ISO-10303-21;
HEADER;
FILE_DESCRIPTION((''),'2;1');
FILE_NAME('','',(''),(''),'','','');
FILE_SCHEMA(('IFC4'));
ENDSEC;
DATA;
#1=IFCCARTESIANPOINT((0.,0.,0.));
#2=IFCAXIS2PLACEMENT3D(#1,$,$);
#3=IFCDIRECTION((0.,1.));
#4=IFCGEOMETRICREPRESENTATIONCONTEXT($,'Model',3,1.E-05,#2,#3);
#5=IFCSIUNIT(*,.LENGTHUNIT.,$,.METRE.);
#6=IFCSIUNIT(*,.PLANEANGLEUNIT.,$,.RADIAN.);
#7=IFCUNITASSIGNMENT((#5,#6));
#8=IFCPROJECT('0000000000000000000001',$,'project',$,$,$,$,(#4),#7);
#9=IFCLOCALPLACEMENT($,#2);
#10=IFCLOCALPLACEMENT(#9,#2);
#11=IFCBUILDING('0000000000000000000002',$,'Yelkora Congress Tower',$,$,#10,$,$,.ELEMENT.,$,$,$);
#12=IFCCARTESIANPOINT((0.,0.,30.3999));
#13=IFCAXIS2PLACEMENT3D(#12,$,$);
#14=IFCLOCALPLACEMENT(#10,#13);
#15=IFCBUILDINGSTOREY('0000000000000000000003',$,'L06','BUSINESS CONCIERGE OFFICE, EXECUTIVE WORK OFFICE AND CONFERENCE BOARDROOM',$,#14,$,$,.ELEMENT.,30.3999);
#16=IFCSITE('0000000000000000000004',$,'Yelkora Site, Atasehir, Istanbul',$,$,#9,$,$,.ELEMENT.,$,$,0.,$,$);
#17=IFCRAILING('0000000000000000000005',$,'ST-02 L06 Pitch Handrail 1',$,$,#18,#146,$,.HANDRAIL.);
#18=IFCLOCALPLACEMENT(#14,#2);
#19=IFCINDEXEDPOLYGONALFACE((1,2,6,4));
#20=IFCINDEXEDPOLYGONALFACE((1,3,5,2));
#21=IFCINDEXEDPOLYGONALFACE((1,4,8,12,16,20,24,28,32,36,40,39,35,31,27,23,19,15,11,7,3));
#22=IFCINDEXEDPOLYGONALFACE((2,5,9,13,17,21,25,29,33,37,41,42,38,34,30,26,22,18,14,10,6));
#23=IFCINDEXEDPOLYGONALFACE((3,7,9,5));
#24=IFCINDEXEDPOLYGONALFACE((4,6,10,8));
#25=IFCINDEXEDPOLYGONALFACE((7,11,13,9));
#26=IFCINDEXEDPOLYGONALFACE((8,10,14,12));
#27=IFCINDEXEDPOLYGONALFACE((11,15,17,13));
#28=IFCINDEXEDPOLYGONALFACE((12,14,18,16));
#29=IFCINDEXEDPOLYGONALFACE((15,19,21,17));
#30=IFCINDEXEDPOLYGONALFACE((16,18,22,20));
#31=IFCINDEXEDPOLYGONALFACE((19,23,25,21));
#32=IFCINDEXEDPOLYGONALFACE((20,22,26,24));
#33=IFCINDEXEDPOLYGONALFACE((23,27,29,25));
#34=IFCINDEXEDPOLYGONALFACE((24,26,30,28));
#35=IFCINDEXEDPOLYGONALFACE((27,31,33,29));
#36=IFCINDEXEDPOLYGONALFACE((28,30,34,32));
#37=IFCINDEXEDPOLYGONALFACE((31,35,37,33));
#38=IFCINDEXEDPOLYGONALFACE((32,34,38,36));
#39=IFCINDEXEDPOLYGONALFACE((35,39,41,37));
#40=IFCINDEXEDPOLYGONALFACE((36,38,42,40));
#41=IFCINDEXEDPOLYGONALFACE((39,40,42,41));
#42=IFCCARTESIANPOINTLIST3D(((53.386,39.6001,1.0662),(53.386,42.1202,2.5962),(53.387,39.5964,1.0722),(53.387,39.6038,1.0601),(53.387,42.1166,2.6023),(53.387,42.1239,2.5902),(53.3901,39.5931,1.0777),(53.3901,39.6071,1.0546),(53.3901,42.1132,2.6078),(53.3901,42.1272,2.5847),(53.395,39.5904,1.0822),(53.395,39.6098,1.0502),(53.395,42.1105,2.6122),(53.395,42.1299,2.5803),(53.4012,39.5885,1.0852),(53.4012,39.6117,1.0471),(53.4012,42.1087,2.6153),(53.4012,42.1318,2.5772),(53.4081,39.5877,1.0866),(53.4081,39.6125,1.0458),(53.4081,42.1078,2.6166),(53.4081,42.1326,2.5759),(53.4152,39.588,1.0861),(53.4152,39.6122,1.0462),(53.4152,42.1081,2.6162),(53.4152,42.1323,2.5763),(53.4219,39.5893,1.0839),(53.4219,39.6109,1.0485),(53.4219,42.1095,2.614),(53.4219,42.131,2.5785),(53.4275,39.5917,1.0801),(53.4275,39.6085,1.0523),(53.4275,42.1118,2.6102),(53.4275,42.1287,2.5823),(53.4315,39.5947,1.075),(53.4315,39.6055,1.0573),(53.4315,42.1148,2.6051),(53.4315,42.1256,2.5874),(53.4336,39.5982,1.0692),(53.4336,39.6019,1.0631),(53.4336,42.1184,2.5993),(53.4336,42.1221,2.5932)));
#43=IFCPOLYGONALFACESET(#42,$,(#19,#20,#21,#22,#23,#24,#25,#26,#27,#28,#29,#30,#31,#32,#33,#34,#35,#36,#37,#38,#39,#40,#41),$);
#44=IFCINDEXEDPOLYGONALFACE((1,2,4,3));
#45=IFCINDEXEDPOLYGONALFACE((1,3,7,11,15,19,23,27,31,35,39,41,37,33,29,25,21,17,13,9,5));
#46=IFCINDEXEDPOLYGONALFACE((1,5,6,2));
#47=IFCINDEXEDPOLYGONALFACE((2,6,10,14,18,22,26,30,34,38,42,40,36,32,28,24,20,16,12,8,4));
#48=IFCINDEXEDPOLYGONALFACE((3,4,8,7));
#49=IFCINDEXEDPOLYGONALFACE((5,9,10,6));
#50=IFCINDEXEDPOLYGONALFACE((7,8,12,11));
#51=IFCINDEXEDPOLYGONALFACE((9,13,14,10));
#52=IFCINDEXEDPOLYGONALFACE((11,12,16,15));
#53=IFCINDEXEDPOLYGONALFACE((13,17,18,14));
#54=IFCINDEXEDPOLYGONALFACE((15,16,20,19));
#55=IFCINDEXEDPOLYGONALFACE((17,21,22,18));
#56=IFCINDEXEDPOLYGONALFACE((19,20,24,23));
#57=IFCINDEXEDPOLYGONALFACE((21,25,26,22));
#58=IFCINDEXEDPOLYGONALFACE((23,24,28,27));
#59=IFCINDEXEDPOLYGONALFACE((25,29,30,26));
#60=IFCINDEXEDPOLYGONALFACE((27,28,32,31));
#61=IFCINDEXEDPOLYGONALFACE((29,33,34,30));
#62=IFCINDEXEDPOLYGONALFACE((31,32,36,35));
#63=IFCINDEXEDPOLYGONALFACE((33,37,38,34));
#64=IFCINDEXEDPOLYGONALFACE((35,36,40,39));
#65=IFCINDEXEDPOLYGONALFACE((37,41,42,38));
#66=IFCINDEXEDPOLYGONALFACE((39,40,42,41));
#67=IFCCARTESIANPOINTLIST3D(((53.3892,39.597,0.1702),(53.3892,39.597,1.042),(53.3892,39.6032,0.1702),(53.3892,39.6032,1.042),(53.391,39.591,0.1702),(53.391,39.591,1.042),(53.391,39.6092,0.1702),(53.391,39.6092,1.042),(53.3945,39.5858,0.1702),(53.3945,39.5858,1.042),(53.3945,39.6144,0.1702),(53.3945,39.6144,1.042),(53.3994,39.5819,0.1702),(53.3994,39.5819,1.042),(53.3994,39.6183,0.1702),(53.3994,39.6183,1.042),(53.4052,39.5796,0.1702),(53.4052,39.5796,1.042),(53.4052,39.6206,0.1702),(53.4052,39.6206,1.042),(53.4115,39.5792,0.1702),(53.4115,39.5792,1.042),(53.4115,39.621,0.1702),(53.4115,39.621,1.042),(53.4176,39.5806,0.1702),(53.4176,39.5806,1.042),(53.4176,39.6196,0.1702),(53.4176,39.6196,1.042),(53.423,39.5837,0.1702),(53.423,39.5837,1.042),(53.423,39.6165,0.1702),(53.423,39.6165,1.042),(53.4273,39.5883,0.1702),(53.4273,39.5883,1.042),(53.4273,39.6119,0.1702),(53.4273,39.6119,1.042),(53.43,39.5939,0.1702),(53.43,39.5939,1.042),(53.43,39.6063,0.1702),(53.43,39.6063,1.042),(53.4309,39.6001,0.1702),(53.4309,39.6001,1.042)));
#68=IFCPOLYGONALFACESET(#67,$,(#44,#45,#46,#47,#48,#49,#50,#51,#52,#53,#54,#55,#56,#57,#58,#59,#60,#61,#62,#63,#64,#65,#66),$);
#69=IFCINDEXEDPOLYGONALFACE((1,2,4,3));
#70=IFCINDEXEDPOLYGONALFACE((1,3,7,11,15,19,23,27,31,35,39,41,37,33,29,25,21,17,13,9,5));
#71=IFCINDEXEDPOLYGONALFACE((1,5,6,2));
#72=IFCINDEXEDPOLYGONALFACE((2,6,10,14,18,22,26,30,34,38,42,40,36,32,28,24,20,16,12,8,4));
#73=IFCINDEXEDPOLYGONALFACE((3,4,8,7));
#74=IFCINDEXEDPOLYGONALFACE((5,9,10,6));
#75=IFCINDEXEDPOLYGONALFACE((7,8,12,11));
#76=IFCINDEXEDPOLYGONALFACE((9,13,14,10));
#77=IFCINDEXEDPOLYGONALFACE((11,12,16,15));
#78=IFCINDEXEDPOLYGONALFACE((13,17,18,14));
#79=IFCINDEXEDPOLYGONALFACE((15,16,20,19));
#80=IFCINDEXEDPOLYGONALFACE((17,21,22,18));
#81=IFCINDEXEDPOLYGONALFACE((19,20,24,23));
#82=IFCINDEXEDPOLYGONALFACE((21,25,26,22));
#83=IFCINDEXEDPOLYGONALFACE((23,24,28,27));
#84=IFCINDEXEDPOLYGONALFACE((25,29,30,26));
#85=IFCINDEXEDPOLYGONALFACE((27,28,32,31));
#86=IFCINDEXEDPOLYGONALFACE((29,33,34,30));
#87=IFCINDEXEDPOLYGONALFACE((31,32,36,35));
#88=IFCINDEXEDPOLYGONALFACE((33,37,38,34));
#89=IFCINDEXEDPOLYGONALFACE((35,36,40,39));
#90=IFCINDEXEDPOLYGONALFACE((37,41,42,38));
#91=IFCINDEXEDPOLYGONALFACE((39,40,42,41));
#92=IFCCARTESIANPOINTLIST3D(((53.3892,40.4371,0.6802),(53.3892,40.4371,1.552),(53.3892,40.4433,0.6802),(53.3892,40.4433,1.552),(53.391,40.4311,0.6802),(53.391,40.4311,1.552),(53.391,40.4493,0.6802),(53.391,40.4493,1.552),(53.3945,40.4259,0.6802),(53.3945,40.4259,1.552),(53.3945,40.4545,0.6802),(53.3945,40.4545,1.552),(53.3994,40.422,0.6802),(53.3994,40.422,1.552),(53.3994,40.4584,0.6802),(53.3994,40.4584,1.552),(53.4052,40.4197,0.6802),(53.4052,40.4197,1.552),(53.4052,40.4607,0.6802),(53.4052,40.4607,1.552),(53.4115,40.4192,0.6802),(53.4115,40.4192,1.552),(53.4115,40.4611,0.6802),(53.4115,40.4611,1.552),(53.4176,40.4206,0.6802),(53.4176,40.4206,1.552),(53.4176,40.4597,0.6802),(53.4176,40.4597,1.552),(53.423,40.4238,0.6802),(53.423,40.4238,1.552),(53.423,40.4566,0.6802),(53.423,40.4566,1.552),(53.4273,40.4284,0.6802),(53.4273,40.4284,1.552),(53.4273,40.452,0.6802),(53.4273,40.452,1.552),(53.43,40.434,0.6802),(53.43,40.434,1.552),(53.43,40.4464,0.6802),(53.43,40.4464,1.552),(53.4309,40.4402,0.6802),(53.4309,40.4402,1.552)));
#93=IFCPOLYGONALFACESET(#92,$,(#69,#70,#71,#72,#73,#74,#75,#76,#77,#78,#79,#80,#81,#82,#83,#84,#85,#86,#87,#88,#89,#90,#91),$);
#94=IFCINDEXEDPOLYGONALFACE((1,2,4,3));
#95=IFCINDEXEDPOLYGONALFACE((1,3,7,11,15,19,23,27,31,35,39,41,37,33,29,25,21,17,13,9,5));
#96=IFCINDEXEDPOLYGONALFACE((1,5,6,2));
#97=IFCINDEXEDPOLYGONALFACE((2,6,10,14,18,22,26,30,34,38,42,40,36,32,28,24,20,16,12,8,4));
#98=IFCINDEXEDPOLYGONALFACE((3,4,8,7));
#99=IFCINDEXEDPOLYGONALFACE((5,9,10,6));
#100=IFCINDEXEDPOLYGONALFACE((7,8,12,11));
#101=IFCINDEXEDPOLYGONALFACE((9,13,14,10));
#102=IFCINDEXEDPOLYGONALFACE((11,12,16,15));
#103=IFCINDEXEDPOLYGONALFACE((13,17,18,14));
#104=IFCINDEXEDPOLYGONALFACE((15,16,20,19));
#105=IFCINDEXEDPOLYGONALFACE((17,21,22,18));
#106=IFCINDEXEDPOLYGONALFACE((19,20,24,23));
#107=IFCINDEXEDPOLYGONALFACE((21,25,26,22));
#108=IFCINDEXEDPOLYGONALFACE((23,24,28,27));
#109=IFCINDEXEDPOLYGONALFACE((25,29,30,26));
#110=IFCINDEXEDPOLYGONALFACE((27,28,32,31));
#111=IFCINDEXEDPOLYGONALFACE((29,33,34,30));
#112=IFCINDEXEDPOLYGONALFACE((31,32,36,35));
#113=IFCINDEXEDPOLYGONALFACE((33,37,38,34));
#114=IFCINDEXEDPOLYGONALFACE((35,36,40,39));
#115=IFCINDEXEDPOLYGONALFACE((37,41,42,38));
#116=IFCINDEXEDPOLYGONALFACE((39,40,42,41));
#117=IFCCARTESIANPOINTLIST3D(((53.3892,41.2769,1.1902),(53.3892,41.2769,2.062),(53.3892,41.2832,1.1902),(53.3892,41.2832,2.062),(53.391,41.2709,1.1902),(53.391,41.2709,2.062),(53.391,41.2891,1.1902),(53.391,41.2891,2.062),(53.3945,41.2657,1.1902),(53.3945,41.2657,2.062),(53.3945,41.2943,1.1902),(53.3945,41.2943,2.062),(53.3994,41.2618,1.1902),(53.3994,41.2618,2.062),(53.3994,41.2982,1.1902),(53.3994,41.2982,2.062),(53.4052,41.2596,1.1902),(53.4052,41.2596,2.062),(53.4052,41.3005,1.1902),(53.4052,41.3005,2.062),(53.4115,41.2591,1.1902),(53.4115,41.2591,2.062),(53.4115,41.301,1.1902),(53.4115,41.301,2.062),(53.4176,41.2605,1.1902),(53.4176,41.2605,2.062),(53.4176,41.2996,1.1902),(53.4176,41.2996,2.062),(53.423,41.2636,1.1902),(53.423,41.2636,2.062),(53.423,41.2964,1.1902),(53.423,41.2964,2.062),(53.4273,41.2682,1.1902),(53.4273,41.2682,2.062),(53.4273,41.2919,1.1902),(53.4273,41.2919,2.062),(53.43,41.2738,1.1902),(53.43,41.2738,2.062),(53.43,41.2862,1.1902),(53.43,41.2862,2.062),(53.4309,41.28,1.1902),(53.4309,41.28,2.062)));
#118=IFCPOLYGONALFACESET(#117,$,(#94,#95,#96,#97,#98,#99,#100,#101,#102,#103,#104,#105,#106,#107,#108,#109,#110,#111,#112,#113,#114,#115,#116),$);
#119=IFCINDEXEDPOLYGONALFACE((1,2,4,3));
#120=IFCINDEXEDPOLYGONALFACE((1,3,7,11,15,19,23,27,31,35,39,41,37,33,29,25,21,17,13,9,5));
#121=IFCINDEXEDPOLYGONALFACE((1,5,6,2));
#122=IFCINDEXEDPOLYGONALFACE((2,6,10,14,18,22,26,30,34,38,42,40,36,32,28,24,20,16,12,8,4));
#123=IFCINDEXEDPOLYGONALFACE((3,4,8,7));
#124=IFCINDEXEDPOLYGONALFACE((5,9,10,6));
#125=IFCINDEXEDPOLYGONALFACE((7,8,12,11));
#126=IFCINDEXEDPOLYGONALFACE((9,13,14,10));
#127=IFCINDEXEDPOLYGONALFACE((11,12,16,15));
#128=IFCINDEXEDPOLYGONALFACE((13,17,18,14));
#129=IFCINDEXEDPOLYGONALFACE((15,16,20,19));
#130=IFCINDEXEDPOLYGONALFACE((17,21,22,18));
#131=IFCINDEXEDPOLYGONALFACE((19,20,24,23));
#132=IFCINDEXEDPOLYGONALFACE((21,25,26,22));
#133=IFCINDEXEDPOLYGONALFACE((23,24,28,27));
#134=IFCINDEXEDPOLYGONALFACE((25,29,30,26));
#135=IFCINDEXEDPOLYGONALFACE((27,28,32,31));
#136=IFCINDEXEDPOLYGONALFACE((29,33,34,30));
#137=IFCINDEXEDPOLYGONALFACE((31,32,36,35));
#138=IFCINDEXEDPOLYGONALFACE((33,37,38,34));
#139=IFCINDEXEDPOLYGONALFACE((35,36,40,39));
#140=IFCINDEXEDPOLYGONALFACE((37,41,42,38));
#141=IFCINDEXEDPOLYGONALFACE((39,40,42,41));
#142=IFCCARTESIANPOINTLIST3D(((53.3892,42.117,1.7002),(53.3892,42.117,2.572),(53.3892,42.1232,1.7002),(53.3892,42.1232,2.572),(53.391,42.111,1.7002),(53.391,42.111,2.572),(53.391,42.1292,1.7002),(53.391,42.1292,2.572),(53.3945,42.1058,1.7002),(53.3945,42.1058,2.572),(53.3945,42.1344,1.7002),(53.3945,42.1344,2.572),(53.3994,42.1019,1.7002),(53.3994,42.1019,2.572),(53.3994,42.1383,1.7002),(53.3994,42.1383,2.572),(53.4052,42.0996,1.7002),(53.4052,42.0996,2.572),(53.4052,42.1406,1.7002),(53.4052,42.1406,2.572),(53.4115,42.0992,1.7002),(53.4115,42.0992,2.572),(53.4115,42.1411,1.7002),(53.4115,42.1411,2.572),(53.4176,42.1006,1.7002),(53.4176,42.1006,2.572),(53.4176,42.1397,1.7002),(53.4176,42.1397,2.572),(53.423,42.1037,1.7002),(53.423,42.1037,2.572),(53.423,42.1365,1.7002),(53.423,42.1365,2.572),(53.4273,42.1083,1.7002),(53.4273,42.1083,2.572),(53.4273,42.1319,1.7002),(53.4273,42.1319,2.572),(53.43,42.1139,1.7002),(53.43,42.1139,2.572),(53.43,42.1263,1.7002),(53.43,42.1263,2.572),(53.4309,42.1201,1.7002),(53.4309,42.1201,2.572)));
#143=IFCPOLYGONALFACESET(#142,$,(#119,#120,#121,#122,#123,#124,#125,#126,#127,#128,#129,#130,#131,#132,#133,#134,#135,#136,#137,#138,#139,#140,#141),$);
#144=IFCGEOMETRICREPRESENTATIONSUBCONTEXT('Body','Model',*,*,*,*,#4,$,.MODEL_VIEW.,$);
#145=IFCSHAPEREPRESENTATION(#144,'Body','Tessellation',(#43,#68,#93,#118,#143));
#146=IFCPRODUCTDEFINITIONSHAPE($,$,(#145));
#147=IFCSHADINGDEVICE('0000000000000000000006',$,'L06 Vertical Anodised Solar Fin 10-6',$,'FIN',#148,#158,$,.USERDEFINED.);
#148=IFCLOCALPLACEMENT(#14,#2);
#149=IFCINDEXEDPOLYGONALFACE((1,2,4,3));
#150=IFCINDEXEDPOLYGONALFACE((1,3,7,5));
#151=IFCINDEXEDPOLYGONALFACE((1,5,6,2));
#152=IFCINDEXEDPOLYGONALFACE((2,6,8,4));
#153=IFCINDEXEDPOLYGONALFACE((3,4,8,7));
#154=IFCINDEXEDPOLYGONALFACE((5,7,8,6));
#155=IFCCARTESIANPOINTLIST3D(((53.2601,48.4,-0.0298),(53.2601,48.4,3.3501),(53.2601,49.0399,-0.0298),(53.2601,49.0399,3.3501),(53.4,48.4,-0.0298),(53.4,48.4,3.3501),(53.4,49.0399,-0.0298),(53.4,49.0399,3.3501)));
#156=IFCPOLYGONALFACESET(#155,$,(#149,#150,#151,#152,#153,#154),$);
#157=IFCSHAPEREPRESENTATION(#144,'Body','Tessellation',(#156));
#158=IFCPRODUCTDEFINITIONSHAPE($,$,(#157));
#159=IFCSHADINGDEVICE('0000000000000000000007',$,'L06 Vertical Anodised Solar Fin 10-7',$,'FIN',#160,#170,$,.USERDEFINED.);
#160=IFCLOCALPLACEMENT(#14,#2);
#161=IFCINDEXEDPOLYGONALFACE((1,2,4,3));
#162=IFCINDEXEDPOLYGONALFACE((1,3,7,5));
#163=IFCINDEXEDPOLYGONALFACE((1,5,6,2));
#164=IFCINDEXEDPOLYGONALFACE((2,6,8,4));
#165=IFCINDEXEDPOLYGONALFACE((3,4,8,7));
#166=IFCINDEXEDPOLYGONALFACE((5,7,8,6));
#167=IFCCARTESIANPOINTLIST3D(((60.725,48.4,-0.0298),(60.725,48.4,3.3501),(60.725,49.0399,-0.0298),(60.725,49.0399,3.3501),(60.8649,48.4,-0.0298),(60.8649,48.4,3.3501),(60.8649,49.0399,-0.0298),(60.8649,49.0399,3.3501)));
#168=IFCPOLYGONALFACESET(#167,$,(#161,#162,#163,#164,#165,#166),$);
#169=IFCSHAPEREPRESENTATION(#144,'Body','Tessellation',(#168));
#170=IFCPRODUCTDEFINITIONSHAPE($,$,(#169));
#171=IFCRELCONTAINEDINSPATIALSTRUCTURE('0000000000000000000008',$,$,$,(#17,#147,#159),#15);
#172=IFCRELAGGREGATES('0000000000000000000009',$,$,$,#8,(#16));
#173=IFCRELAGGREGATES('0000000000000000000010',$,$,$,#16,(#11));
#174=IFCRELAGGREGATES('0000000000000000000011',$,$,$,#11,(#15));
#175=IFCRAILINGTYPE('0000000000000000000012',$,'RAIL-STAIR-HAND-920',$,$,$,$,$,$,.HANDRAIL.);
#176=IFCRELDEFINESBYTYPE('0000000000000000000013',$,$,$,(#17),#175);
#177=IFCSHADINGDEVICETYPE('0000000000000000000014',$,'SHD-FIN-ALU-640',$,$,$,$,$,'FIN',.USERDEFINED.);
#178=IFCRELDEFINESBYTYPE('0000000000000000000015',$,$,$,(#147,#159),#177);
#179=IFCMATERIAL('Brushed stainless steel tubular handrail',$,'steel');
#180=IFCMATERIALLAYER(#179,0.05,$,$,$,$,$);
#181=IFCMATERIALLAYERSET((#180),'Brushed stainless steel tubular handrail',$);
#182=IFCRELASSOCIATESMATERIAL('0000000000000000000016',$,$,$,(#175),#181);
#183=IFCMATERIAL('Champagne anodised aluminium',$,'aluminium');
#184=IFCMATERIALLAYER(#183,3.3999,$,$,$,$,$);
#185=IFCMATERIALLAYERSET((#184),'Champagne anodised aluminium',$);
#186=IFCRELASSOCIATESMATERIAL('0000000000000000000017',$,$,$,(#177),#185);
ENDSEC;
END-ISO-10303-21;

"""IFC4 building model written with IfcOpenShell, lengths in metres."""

from ifc_helpers import new_model, si_unit, direction, frame, origin, origin_2d, place, context, subcontext, project, spatial, rectangle, circle, extrude, material, layer, layer_set, type_object, element, save


model = new_model("IFC4")

# Units and contexts
model_context = context("Model", 3, precision=1e-05, world=origin(), true_north=direction((0.0, 1.0)))
body_context = subcontext(model_context, "Body", "Model", "MODEL_VIEW")
ifc_project = project(units=[si_unit("LENGTHUNIT", "METRE"), si_unit("PLANEANGLEUNIT", "RADIAN")], contexts=[model_context])

# Site, building, storey
site_placement = place(None, origin())
site = spatial("IfcSite", under=ifc_project, at=site_placement, Name="Yelkora Site, Atasehir, Istanbul", CompositionType="ELEMENT", RefElevation=0.0)
building_placement = place(site_placement, origin())
building = spatial("IfcBuilding", under=site, at=building_placement, Name="Yelkora Congress Tower", CompositionType="ELEMENT")
storey_placement = place(building_placement, frame((0.0, 0.0, 30.3999)))
storey = spatial("IfcBuildingStorey", under=building, at=storey_placement, Name="L06", Description="BUSINESS CONCIERGE OFFICE, EXECUTIVE WORK OFFICE AND CONFERENCE BOARDROOM", CompositionType="ELEMENT", Elevation=30.3999)

# Railing
ifc_material_1 = material(Name="Brushed stainless steel tubular handrail", Category="steel")
ifc_layer_1 = layer(ifc_material_1, 0.05)
ifc_layer_set_1 = layer_set([ifc_layer_1], Name="Brushed stainless steel tubular handrail")
railing_type_1 = type_object("IfcRailingType", Name="RAIL-STAIR-HAND-920", PredefinedType="HANDRAIL", material=ifc_layer_set_1)
railing_1_placement = place(storey_placement, frame((53.4099, 39.6001, 0.1702)))
element("IfcRailing", 1, at=railing_1_placement, inside=storey, type_object=railing_type_1, Name="ST-02 L06 Pitch Handrail 1", PredefinedType="HANDRAIL", context=body_context, shape_type="SweptSolid", body=[
    extrude(circle(Radius=0.0239, at=origin_2d()), frame((0.0, 0.0, 0.896), z_axis=(0.0, 0.854785, 0.518982), x_axis=(-1.0, 0.0, 0.0)), (0.0, 0.0, 1.0), 2.9482),
    extrude(circle(Radius=0.021, at=origin_2d()), origin(), (0.0, 0.0, 1.0), 0.8718),
    extrude(circle(Radius=0.021, at=origin_2d()), frame((0.0, 0.8401, 0.51)), (0.0, 0.0, 1.0), 0.8718),
    extrude(circle(Radius=0.021, at=origin_2d()), frame((0.0, 1.6799, 1.02)), (0.0, 0.0, 1.0), 0.8718),
    extrude(circle(Radius=0.021, at=origin_2d()), frame((0.0, 2.52, 1.53)), (0.0, 0.0, 1.0), 0.8718),
])

# Shading devices
ifc_material_2 = material(Name="Champagne anodised aluminium", Category="aluminium")
ifc_layer_2 = layer(ifc_material_2, 3.3999)
ifc_layer_set_2 = layer_set([ifc_layer_2], Name="Champagne anodised aluminium")
shading_device_type = type_object("IfcShadingDeviceType", Name="SHD-FIN-ALU-640", ElementType="FIN", PredefinedType="USERDEFINED", material=ifc_layer_set_2)
for number, where, z_axis, x_axis, name in (
    (2, (53.3301, 48.72, -0.0298), (0.0, 0.0, 1.0), (1.0, 0.0, 0.0), "L06 Vertical Anodised Solar Fin 10-6"),
    (3, (60.7949, 48.72, -0.0298), (0.0, 0.0, 1.0), (1.0, 0.0, 0.0), "L06 Vertical Anodised Solar Fin 10-7"),
):
    element("IfcShadingDevice", number, at=place(storey_placement, frame(where, z_axis=z_axis, x_axis=x_axis)), inside=storey, type_object=shading_device_type, Name=name, ObjectType="FIN", PredefinedType="USERDEFINED", context=body_context, shape_type="SweptSolid", body=[
        extrude(rectangle(XDim=0.1399, YDim=0.6399, at=origin_2d()), origin(), (0.0, 0.0, 1.0), 3.3799),
    ])

save(model, "model.ifc")
